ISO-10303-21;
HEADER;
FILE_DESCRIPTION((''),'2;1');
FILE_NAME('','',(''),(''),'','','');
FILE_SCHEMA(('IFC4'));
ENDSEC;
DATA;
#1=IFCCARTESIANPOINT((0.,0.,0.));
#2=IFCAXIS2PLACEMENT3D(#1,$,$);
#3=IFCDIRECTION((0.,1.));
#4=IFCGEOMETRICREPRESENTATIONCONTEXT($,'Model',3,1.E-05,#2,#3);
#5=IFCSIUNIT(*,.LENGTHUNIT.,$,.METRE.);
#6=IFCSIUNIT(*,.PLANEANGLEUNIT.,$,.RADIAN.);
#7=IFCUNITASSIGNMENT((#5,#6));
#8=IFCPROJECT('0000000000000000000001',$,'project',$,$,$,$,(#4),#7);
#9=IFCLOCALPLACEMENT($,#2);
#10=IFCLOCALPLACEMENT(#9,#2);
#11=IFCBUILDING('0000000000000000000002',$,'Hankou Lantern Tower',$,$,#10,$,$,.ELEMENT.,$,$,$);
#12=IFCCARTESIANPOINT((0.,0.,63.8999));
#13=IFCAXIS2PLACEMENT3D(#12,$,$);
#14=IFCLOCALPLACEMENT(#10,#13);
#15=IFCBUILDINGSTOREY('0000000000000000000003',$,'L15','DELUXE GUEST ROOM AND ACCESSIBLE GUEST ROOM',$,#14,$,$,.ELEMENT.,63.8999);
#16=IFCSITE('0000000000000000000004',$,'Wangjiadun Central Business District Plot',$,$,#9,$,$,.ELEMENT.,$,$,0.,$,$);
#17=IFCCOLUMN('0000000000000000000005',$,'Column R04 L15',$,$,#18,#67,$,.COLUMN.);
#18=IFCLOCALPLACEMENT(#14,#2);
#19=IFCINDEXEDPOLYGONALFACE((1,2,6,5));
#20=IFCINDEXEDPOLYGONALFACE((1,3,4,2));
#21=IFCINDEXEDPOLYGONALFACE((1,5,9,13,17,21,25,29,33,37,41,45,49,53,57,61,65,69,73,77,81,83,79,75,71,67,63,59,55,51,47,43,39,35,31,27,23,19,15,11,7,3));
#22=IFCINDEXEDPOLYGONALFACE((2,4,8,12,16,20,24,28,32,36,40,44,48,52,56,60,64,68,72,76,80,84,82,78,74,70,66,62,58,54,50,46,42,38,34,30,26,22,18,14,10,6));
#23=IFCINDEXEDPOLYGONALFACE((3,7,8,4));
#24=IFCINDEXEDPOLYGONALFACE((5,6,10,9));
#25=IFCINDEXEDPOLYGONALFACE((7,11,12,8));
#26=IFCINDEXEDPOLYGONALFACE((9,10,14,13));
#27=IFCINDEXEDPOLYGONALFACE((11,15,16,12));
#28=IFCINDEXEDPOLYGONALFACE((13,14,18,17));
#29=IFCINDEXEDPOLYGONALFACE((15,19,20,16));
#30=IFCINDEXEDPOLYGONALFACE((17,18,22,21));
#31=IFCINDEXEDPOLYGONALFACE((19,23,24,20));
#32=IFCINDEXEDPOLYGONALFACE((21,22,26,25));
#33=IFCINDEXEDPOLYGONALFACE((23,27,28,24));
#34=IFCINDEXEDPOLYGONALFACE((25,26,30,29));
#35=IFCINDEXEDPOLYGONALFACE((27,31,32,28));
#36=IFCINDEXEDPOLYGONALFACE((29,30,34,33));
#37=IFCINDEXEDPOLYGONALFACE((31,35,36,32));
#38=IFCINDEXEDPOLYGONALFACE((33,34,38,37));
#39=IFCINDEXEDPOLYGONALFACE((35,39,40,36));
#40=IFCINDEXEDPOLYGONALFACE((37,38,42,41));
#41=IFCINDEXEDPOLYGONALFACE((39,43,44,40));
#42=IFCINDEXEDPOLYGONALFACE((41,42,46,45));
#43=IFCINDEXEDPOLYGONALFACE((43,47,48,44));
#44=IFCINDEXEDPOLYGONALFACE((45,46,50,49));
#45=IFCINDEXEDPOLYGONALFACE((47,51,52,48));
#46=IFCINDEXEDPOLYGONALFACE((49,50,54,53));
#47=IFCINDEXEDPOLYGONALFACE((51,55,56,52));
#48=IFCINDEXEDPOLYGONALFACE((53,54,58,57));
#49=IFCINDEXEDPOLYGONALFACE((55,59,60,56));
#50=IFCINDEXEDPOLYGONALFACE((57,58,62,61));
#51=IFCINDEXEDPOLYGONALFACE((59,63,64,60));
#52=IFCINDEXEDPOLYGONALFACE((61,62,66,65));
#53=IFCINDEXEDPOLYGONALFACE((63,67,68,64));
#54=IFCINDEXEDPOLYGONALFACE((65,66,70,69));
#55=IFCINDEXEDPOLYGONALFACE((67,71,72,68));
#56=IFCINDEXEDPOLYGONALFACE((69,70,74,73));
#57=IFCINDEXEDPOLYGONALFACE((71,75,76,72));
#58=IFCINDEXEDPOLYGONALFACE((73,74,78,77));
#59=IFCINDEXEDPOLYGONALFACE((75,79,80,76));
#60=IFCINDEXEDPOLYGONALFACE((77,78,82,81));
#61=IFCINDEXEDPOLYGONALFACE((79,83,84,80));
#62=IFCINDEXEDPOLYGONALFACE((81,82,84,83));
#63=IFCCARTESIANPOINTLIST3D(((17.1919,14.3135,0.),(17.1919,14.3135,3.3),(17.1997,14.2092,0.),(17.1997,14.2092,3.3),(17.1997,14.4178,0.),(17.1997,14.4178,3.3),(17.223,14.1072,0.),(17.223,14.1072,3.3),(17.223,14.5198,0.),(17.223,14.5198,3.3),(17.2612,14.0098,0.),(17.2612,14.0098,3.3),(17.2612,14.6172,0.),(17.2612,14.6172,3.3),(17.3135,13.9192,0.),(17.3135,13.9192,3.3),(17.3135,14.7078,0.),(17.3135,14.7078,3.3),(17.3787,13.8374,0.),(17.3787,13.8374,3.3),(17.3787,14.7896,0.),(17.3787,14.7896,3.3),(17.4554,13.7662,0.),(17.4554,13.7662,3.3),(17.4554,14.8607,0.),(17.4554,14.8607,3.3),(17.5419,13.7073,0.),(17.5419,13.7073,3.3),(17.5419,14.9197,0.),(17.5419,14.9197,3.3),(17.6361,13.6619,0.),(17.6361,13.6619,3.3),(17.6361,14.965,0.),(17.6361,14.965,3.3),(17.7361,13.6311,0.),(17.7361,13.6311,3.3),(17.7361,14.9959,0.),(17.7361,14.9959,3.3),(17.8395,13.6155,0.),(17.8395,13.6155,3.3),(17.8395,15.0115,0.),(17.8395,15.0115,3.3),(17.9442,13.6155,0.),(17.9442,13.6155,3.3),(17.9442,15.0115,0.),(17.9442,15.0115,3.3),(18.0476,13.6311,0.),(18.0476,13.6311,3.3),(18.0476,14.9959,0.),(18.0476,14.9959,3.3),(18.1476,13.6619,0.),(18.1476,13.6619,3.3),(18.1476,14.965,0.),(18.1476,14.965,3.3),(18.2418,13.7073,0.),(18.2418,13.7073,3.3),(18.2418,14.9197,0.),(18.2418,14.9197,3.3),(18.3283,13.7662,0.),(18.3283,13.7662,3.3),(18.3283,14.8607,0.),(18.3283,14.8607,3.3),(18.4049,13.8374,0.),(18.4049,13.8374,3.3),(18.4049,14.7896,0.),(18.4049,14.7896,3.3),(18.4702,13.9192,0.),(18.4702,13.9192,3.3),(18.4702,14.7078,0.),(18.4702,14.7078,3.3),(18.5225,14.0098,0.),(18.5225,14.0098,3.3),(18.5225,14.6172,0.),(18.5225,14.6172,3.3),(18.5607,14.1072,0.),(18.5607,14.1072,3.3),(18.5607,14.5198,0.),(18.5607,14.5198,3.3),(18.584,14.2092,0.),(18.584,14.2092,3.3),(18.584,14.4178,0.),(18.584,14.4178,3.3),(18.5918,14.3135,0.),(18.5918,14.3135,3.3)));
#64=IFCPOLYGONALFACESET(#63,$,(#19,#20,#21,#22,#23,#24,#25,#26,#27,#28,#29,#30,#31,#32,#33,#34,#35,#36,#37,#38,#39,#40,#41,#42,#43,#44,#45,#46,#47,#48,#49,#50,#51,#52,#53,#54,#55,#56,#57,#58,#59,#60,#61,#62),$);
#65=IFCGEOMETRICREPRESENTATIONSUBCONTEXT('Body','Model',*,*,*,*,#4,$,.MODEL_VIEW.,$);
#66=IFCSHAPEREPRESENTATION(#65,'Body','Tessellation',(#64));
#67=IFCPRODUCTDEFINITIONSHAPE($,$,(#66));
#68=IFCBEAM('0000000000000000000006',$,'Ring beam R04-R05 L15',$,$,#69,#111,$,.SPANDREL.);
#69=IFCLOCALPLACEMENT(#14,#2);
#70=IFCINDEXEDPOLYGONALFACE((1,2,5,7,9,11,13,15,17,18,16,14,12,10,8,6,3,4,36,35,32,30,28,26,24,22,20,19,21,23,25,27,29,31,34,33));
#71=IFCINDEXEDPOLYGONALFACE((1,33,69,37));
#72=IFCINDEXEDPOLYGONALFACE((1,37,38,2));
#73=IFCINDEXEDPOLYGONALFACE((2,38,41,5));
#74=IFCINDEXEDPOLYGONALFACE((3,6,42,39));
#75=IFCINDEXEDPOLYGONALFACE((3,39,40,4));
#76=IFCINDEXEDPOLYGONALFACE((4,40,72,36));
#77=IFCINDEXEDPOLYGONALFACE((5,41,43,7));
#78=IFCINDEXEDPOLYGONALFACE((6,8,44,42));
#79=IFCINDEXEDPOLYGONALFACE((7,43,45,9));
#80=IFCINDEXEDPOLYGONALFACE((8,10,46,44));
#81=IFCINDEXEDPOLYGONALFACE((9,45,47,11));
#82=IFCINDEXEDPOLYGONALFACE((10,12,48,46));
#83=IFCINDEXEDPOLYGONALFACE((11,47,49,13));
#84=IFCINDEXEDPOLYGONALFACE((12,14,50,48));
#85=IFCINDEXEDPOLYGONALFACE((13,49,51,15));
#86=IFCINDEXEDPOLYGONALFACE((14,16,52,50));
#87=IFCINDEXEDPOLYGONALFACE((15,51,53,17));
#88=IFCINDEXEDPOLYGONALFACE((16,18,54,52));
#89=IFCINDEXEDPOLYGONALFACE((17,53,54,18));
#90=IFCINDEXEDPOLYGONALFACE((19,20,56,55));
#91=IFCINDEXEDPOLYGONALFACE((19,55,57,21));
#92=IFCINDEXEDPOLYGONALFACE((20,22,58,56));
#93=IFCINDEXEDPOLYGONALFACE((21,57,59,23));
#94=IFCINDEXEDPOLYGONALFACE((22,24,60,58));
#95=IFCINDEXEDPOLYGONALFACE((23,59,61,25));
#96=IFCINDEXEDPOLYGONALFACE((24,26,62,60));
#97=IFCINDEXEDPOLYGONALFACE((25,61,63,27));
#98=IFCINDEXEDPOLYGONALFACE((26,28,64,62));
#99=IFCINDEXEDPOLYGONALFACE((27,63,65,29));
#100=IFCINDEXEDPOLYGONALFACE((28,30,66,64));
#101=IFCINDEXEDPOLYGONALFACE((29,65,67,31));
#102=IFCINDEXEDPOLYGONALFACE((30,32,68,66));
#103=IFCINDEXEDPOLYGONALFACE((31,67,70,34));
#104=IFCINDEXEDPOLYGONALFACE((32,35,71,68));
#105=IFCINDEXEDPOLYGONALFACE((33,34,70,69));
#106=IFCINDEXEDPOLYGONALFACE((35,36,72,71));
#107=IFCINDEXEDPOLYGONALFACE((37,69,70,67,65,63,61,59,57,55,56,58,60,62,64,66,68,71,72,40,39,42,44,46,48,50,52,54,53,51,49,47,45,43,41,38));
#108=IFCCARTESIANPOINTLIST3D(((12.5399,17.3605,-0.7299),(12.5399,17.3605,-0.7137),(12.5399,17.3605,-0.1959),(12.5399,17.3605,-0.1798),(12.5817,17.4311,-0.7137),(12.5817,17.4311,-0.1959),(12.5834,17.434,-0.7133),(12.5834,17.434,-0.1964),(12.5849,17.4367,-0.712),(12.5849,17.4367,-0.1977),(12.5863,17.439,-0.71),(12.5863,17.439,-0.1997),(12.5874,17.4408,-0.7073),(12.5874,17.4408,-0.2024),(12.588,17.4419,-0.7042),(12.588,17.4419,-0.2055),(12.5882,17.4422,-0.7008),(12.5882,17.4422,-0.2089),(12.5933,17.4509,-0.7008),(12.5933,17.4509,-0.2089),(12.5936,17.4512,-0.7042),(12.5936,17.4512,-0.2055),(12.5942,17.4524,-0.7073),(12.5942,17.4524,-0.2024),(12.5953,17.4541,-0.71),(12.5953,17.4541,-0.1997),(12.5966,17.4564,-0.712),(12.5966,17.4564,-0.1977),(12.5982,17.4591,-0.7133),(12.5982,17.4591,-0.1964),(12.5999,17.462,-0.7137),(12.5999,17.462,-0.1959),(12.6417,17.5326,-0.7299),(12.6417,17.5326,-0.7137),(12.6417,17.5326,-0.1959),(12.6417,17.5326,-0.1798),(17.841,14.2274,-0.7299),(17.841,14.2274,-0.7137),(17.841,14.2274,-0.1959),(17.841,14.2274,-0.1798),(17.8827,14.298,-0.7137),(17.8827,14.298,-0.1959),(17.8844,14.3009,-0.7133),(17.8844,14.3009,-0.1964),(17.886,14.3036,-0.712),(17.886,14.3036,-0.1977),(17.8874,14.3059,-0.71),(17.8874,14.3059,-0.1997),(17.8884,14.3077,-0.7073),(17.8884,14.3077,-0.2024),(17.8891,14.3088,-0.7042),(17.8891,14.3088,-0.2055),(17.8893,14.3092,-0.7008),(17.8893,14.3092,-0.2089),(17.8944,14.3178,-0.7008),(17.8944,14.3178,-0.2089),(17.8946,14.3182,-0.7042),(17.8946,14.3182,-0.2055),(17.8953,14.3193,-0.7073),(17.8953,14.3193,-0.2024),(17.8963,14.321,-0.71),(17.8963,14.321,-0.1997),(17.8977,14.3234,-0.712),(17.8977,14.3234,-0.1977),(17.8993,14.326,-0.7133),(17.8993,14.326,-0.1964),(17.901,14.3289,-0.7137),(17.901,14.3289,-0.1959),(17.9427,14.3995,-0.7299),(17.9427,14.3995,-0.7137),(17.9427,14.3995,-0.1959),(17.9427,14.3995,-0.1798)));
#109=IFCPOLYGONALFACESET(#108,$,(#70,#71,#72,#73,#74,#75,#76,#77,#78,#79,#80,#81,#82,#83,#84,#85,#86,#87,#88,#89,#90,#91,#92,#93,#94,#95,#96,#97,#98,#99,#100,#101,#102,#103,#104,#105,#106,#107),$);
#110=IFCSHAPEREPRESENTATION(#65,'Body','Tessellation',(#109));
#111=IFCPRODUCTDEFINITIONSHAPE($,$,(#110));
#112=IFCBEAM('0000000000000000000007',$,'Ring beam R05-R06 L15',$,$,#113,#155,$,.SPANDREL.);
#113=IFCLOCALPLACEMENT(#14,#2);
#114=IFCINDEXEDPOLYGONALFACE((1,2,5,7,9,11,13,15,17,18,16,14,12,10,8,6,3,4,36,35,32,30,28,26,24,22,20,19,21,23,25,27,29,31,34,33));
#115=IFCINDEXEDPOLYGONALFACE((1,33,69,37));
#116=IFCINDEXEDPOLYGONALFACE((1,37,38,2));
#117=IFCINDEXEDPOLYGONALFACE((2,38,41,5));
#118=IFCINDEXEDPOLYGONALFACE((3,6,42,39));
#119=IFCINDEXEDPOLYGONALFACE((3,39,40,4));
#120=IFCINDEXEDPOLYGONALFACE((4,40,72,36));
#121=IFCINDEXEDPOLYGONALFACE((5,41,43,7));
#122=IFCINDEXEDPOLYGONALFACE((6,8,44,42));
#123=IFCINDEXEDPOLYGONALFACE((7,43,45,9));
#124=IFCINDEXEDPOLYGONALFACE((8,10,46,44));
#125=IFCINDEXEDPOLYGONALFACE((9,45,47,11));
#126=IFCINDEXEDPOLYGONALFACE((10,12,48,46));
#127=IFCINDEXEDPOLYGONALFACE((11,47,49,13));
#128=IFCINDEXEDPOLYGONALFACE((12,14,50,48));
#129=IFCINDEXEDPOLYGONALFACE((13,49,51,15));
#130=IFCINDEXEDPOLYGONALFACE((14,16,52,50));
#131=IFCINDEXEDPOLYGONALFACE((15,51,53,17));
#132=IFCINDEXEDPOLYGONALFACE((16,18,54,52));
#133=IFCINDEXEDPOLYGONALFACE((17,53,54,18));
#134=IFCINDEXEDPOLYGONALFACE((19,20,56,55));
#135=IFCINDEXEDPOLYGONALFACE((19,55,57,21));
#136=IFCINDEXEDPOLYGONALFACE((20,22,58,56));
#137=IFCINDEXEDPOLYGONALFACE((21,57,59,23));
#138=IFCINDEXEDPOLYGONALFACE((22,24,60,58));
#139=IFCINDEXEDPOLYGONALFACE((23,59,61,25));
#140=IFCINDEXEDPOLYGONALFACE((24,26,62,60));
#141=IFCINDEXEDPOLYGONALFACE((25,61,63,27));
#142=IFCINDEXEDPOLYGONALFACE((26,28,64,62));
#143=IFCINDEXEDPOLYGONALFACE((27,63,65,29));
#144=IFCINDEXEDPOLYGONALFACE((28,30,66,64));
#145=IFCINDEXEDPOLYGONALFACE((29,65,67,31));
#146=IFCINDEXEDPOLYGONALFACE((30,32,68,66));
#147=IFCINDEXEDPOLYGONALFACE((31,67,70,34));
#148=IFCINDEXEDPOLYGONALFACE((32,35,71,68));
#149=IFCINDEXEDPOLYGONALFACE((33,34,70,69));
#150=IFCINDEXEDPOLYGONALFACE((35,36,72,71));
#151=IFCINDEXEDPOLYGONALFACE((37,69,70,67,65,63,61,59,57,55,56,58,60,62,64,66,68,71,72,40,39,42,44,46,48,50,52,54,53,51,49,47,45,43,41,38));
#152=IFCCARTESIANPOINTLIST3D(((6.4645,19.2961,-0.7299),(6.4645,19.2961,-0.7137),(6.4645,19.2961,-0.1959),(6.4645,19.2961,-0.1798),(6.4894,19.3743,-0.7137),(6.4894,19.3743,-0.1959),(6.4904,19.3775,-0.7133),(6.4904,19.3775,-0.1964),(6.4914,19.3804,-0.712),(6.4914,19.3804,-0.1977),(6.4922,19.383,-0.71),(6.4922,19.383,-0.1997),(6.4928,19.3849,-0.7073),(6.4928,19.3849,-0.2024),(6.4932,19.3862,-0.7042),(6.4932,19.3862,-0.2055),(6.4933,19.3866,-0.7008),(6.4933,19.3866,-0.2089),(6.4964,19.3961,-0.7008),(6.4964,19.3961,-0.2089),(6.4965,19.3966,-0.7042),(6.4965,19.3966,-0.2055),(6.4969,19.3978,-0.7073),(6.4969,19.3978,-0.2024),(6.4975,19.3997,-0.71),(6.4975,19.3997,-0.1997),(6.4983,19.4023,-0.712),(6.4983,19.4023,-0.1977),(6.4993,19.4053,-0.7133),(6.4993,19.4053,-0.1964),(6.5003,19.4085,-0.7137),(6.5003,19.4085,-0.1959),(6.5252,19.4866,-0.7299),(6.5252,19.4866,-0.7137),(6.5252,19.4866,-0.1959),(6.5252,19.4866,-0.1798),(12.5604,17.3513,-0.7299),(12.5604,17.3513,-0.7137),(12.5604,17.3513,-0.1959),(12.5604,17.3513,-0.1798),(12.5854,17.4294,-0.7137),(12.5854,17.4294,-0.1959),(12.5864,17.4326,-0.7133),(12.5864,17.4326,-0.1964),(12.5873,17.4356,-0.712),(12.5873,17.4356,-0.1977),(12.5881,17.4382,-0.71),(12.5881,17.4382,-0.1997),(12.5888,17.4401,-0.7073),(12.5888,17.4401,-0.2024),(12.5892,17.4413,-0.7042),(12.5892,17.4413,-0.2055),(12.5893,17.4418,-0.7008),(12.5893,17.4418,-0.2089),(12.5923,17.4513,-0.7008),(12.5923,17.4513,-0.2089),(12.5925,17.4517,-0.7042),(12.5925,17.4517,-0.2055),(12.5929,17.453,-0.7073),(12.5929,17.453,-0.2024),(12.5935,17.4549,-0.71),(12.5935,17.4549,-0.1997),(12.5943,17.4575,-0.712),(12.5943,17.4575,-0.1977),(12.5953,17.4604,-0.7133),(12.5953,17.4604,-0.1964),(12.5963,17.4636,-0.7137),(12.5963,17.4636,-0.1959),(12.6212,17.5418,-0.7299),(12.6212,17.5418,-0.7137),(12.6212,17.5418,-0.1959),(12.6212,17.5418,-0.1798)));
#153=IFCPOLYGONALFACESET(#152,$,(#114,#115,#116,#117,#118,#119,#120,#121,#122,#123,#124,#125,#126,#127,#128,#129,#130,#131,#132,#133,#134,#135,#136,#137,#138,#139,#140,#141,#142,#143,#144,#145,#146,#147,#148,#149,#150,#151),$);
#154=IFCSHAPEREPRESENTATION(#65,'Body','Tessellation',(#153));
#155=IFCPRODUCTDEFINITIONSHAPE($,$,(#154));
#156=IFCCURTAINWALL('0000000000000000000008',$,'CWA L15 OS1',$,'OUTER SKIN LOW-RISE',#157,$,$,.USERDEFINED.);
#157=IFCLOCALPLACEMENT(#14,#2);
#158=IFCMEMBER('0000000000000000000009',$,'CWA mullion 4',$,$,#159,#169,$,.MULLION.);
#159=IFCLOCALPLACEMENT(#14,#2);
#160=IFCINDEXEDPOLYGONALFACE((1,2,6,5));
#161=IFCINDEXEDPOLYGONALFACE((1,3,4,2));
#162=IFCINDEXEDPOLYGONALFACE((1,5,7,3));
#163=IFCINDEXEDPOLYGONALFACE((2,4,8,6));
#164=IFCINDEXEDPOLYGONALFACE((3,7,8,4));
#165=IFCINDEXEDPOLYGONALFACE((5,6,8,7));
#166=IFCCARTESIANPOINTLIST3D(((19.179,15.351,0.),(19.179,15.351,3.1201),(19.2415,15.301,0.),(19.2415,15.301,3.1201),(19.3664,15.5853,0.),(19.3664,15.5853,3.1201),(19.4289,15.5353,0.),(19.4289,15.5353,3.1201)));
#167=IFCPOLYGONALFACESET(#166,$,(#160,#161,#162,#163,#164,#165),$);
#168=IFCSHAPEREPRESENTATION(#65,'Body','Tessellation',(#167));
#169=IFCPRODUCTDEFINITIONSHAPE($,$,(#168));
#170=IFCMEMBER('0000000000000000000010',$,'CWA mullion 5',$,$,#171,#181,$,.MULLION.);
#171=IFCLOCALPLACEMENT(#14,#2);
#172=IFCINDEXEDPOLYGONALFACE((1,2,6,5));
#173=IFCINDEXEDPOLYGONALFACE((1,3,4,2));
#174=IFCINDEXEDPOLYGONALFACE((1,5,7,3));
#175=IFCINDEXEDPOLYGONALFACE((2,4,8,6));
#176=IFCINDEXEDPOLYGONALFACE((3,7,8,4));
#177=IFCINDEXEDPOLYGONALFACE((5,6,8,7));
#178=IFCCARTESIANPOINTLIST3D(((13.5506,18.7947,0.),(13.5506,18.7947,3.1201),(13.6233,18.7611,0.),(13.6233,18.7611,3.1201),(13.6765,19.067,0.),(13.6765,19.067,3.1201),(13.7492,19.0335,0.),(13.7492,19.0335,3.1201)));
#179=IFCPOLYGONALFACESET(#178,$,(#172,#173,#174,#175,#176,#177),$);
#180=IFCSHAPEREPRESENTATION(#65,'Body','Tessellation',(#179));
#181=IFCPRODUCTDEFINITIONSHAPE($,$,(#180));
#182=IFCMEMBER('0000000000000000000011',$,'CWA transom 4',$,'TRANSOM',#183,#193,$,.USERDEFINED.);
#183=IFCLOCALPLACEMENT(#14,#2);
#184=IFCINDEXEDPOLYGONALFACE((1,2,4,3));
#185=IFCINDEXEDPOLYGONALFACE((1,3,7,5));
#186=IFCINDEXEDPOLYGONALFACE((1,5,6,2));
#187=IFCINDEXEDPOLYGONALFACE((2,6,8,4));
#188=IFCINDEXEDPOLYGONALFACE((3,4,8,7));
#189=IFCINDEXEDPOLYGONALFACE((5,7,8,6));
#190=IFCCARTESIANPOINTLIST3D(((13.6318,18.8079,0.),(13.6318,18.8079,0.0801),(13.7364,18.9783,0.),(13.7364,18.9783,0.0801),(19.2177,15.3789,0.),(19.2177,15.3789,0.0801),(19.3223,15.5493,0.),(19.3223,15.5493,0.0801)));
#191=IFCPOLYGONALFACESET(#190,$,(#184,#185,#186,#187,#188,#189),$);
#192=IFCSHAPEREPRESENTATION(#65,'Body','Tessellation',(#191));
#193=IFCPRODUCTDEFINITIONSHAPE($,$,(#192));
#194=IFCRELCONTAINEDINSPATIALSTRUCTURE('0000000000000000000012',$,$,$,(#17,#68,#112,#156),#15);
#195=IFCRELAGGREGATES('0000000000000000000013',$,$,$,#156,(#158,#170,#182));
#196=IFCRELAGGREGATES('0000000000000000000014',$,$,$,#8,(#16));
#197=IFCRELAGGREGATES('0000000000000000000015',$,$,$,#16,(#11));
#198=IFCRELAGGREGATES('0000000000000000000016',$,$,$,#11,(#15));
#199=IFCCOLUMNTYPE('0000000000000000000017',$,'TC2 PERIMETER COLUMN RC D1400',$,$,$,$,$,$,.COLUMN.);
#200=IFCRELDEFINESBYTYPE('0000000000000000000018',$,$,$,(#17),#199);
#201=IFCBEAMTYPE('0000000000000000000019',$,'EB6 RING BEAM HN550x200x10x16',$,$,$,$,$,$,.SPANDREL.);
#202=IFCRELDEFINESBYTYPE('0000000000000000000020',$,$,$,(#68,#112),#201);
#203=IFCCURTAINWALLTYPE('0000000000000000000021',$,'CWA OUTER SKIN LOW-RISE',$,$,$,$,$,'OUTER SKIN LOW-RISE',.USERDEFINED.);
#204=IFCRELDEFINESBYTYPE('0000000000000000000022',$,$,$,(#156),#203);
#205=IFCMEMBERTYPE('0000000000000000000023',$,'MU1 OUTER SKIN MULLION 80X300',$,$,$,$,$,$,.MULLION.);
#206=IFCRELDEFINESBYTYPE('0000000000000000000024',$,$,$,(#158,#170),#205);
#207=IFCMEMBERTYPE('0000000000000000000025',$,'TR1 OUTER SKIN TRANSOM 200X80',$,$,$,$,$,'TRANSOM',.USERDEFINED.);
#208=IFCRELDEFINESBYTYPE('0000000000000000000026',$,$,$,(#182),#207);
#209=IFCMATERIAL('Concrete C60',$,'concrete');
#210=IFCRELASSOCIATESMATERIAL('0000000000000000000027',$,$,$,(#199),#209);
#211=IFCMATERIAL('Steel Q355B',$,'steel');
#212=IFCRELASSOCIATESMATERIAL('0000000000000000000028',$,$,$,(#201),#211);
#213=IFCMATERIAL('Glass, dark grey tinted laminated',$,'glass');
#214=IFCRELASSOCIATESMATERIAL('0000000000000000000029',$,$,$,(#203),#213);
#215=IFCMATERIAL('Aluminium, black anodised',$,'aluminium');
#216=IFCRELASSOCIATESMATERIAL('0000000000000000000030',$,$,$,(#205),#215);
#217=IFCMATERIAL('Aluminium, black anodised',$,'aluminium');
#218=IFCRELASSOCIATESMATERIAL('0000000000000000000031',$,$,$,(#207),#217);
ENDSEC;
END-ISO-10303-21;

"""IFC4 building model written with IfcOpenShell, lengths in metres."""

from ifc_helpers import new_model, si_unit, direction, frame, origin, origin_2d, place, context, subcontext, project, spatial, rectangle, circle, i_section, extrude, material, material_profile, profile_set, type_object, element, aggregate, save


model = new_model("IFC4")

# Units and contexts
model_context = context("Model", 3, precision=1e-05, world=origin(), true_north=direction((0.0, 1.0)))
body_context = subcontext(model_context, "Body", "Model", "MODEL_VIEW")
ifc_project = project(units=[si_unit("LENGTHUNIT", "METRE"), si_unit("PLANEANGLEUNIT", "RADIAN")], contexts=[model_context])

# Site, building, storey
site_placement = place(None, origin())
site = spatial("IfcSite", under=ifc_project, at=site_placement, Name="Wangjiadun Central Business District Plot", CompositionType="ELEMENT", RefElevation=0.0)
building_placement = place(site_placement, origin())
building = spatial("IfcBuilding", under=site, at=building_placement, Name="Hankou Lantern Tower", CompositionType="ELEMENT")
storey_placement = place(building_placement, frame((0.0, 0.0, 63.8999)))
storey = spatial("IfcBuildingStorey", under=building, at=storey_placement, Name="L15", Description="DELUXE GUEST ROOM AND ACCESSIBLE GUEST ROOM", CompositionType="ELEMENT", Elevation=63.8999)

# Column
ifc_material_1 = material(Name="Concrete C60", Category="concrete")
ifc_material_profile_1 = material_profile(ifc_material_1, circle(Radius=0.7, at=origin_2d()), Name="RC D1400")
ifc_profile_set_1 = profile_set([ifc_material_profile_1], Name="Concrete C60")
column_type = type_object("IfcColumnType", Name="TC2 PERIMETER COLUMN RC D1400", PredefinedType="COLUMN", material=ifc_profile_set_1)
column_placement = place(storey_placement, frame((17.8918, 14.3135, 0.0), z_axis=(0.0, 0.0, 1.0), x_axis=(1.0, 0.0, 0.0)))
element("IfcColumn", 1, at=column_placement, inside=storey, type_object=column_type, Name="Column R04 L15", PredefinedType="COLUMN", context=body_context, shape_type="SweptSolid", body=[
    extrude(circle(Radius=0.7, at=origin_2d()), origin(), (0.0, 0.0, 1.0), 3.3),
])

# Beams
ifc_material_2 = material(Name="Steel Q355B", Category="steel")
ifc_material_profile_2 = material_profile(ifc_material_2, i_section(OverallWidth=0.2, OverallDepth=0.55, WebThickness=0.01, FlangeThickness=0.0161, FilletRadius=0.0129, at=origin_2d()), Name="HN550x200x10x16")
ifc_profile_set_2 = profile_set([ifc_material_profile_2], Name="Steel Q355B")
beam_type = type_object("IfcBeamType", Name="EB6 RING BEAM HN550x200x10x16", PredefinedType="SPANDREL", material=ifc_profile_set_2)
beam_1_placement = place(storey_placement, frame((17.8918, 14.3135, -0.4548), z_axis=(-0.860882, 0.508805, 0.0), x_axis=(-0.508805, -0.860882, 0.0)))
element("IfcBeam", 2, at=beam_1_placement, inside=storey, type_object=beam_type, Name="Ring beam R04-R05 L15", PredefinedType="SPANDREL", context=body_context, shape_type="SweptSolid", body=[
    extrude(i_section(OverallWidth=0.2, OverallDepth=0.55, WebThickness=0.01, FlangeThickness=0.0161, FilletRadius=0.0129, at=origin_2d()), origin(), (0.0, 0.0, 1.0), 6.1577),
])
beam_2_placement = place(storey_placement, frame((12.5908, 17.4465, -0.4548), z_axis=(-0.95269, 0.303942, 0.0), x_axis=(-0.303942, -0.95269, 0.0)))
element("IfcBeam", 3, at=beam_2_placement, inside=storey, type_object=beam_type, Name="Ring beam R05-R06 L15", PredefinedType="SPANDREL", context=body_context, shape_type="SweptSolid", body=[
    extrude(i_section(OverallWidth=0.2, OverallDepth=0.55, WebThickness=0.01, FlangeThickness=0.0161, FilletRadius=0.0129, at=origin_2d()), origin(), (0.0, 0.0, 1.0), 6.3987),
])

# Curtain wall, members
ifc_material_3 = material(Name="Glass, dark grey tinted laminated", Category="glass")
curtain_wall_type = type_object("IfcCurtainWallType", Name="CWA OUTER SKIN LOW-RISE", ElementType="OUTER SKIN LOW-RISE", PredefinedType="USERDEFINED", material=ifc_material_3)
curtain_wall_placement = place(storey_placement, origin())
curtain_wall = element("IfcCurtainWall", 4, at=curtain_wall_placement, inside=storey, type_object=curtain_wall_type, Name="CWA L15 OS1", ObjectType="OUTER SKIN LOW-RISE", PredefinedType="USERDEFINED")
ifc_material_4 = material(Name="Aluminium, black anodised", Category="aluminium")
ifc_material_profile_3 = material_profile(ifc_material_4, rectangle(XDim=0.0801, YDim=0.3, at=origin_2d()), Name="MU1 80X300")
ifc_profile_set_3 = profile_set([ifc_material_profile_3], Name="Aluminium, black anodised")
member_type_1 = type_object("IfcMemberType", Name="MU1 OUTER SKIN MULLION 80X300", PredefinedType="MULLION", material=ifc_profile_set_3)
member_1_placement = place(storey_placement, frame((19.304, 15.4431, 0.0), z_axis=(0.0, 0.0, 1.0), x_axis=(-0.780869, 0.624695, 0.0)))
member_1 = element("IfcMember", 5, at=member_1_placement, type_object=member_type_1, Name="CWA mullion 4", PredefinedType="MULLION", context=body_context, shape_type="SweptSolid", body=[
    extrude(rectangle(XDim=0.0801, YDim=0.3, at=origin_2d()), origin(), (0.0, 0.0, 1.0), 3.1201),
])
member_2_placement = place(storey_placement, frame((13.6499, 18.9141, 0.0), z_axis=(0.0, 0.0, 1.0), x_axis=(-0.907841, 0.419314, 0.0)))
member_2 = element("IfcMember", 6, at=member_2_placement, type_object=member_type_1, Name="CWA mullion 5", PredefinedType="MULLION", context=body_context, shape_type="SweptSolid", body=[
    extrude(rectangle(XDim=0.0801, YDim=0.3, at=origin_2d()), origin(), (0.0, 0.0, 1.0), 3.1201),
])
ifc_material_5 = material(Name="Aluminium, black anodised", Category="aluminium")
ifc_material_profile_4 = material_profile(ifc_material_5, rectangle(XDim=0.2, YDim=0.0801, at=origin_2d()), Name="TR1 200X80")
ifc_profile_set_4 = profile_set([ifc_material_profile_4], Name="Aluminium, black anodised")
member_type_2 = type_object("IfcMemberType", Name="TR1 OUTER SKIN TRANSOM 200X80", ElementType="TRANSOM", PredefinedType="USERDEFINED", material=ifc_profile_set_4)
member_3_placement = place(storey_placement, frame((19.27, 15.4641, 0.04), z_axis=(-0.85224, 0.523152, 0.0), x_axis=(-0.523152, -0.85224, 0.0)))
member_3 = element("IfcMember", 7, at=member_3_placement, type_object=member_type_2, Name="CWA transom 4", ObjectType="TRANSOM", PredefinedType="USERDEFINED", context=body_context, shape_type="SweptSolid", body=[
    extrude(rectangle(XDim=0.2, YDim=0.0801, at=origin_2d()), origin(), (0.0, 0.0, 1.0), 6.5544),
])
aggregate(curtain_wall, [member_1, member_2, member_3])

save(model, "model.ifc")
